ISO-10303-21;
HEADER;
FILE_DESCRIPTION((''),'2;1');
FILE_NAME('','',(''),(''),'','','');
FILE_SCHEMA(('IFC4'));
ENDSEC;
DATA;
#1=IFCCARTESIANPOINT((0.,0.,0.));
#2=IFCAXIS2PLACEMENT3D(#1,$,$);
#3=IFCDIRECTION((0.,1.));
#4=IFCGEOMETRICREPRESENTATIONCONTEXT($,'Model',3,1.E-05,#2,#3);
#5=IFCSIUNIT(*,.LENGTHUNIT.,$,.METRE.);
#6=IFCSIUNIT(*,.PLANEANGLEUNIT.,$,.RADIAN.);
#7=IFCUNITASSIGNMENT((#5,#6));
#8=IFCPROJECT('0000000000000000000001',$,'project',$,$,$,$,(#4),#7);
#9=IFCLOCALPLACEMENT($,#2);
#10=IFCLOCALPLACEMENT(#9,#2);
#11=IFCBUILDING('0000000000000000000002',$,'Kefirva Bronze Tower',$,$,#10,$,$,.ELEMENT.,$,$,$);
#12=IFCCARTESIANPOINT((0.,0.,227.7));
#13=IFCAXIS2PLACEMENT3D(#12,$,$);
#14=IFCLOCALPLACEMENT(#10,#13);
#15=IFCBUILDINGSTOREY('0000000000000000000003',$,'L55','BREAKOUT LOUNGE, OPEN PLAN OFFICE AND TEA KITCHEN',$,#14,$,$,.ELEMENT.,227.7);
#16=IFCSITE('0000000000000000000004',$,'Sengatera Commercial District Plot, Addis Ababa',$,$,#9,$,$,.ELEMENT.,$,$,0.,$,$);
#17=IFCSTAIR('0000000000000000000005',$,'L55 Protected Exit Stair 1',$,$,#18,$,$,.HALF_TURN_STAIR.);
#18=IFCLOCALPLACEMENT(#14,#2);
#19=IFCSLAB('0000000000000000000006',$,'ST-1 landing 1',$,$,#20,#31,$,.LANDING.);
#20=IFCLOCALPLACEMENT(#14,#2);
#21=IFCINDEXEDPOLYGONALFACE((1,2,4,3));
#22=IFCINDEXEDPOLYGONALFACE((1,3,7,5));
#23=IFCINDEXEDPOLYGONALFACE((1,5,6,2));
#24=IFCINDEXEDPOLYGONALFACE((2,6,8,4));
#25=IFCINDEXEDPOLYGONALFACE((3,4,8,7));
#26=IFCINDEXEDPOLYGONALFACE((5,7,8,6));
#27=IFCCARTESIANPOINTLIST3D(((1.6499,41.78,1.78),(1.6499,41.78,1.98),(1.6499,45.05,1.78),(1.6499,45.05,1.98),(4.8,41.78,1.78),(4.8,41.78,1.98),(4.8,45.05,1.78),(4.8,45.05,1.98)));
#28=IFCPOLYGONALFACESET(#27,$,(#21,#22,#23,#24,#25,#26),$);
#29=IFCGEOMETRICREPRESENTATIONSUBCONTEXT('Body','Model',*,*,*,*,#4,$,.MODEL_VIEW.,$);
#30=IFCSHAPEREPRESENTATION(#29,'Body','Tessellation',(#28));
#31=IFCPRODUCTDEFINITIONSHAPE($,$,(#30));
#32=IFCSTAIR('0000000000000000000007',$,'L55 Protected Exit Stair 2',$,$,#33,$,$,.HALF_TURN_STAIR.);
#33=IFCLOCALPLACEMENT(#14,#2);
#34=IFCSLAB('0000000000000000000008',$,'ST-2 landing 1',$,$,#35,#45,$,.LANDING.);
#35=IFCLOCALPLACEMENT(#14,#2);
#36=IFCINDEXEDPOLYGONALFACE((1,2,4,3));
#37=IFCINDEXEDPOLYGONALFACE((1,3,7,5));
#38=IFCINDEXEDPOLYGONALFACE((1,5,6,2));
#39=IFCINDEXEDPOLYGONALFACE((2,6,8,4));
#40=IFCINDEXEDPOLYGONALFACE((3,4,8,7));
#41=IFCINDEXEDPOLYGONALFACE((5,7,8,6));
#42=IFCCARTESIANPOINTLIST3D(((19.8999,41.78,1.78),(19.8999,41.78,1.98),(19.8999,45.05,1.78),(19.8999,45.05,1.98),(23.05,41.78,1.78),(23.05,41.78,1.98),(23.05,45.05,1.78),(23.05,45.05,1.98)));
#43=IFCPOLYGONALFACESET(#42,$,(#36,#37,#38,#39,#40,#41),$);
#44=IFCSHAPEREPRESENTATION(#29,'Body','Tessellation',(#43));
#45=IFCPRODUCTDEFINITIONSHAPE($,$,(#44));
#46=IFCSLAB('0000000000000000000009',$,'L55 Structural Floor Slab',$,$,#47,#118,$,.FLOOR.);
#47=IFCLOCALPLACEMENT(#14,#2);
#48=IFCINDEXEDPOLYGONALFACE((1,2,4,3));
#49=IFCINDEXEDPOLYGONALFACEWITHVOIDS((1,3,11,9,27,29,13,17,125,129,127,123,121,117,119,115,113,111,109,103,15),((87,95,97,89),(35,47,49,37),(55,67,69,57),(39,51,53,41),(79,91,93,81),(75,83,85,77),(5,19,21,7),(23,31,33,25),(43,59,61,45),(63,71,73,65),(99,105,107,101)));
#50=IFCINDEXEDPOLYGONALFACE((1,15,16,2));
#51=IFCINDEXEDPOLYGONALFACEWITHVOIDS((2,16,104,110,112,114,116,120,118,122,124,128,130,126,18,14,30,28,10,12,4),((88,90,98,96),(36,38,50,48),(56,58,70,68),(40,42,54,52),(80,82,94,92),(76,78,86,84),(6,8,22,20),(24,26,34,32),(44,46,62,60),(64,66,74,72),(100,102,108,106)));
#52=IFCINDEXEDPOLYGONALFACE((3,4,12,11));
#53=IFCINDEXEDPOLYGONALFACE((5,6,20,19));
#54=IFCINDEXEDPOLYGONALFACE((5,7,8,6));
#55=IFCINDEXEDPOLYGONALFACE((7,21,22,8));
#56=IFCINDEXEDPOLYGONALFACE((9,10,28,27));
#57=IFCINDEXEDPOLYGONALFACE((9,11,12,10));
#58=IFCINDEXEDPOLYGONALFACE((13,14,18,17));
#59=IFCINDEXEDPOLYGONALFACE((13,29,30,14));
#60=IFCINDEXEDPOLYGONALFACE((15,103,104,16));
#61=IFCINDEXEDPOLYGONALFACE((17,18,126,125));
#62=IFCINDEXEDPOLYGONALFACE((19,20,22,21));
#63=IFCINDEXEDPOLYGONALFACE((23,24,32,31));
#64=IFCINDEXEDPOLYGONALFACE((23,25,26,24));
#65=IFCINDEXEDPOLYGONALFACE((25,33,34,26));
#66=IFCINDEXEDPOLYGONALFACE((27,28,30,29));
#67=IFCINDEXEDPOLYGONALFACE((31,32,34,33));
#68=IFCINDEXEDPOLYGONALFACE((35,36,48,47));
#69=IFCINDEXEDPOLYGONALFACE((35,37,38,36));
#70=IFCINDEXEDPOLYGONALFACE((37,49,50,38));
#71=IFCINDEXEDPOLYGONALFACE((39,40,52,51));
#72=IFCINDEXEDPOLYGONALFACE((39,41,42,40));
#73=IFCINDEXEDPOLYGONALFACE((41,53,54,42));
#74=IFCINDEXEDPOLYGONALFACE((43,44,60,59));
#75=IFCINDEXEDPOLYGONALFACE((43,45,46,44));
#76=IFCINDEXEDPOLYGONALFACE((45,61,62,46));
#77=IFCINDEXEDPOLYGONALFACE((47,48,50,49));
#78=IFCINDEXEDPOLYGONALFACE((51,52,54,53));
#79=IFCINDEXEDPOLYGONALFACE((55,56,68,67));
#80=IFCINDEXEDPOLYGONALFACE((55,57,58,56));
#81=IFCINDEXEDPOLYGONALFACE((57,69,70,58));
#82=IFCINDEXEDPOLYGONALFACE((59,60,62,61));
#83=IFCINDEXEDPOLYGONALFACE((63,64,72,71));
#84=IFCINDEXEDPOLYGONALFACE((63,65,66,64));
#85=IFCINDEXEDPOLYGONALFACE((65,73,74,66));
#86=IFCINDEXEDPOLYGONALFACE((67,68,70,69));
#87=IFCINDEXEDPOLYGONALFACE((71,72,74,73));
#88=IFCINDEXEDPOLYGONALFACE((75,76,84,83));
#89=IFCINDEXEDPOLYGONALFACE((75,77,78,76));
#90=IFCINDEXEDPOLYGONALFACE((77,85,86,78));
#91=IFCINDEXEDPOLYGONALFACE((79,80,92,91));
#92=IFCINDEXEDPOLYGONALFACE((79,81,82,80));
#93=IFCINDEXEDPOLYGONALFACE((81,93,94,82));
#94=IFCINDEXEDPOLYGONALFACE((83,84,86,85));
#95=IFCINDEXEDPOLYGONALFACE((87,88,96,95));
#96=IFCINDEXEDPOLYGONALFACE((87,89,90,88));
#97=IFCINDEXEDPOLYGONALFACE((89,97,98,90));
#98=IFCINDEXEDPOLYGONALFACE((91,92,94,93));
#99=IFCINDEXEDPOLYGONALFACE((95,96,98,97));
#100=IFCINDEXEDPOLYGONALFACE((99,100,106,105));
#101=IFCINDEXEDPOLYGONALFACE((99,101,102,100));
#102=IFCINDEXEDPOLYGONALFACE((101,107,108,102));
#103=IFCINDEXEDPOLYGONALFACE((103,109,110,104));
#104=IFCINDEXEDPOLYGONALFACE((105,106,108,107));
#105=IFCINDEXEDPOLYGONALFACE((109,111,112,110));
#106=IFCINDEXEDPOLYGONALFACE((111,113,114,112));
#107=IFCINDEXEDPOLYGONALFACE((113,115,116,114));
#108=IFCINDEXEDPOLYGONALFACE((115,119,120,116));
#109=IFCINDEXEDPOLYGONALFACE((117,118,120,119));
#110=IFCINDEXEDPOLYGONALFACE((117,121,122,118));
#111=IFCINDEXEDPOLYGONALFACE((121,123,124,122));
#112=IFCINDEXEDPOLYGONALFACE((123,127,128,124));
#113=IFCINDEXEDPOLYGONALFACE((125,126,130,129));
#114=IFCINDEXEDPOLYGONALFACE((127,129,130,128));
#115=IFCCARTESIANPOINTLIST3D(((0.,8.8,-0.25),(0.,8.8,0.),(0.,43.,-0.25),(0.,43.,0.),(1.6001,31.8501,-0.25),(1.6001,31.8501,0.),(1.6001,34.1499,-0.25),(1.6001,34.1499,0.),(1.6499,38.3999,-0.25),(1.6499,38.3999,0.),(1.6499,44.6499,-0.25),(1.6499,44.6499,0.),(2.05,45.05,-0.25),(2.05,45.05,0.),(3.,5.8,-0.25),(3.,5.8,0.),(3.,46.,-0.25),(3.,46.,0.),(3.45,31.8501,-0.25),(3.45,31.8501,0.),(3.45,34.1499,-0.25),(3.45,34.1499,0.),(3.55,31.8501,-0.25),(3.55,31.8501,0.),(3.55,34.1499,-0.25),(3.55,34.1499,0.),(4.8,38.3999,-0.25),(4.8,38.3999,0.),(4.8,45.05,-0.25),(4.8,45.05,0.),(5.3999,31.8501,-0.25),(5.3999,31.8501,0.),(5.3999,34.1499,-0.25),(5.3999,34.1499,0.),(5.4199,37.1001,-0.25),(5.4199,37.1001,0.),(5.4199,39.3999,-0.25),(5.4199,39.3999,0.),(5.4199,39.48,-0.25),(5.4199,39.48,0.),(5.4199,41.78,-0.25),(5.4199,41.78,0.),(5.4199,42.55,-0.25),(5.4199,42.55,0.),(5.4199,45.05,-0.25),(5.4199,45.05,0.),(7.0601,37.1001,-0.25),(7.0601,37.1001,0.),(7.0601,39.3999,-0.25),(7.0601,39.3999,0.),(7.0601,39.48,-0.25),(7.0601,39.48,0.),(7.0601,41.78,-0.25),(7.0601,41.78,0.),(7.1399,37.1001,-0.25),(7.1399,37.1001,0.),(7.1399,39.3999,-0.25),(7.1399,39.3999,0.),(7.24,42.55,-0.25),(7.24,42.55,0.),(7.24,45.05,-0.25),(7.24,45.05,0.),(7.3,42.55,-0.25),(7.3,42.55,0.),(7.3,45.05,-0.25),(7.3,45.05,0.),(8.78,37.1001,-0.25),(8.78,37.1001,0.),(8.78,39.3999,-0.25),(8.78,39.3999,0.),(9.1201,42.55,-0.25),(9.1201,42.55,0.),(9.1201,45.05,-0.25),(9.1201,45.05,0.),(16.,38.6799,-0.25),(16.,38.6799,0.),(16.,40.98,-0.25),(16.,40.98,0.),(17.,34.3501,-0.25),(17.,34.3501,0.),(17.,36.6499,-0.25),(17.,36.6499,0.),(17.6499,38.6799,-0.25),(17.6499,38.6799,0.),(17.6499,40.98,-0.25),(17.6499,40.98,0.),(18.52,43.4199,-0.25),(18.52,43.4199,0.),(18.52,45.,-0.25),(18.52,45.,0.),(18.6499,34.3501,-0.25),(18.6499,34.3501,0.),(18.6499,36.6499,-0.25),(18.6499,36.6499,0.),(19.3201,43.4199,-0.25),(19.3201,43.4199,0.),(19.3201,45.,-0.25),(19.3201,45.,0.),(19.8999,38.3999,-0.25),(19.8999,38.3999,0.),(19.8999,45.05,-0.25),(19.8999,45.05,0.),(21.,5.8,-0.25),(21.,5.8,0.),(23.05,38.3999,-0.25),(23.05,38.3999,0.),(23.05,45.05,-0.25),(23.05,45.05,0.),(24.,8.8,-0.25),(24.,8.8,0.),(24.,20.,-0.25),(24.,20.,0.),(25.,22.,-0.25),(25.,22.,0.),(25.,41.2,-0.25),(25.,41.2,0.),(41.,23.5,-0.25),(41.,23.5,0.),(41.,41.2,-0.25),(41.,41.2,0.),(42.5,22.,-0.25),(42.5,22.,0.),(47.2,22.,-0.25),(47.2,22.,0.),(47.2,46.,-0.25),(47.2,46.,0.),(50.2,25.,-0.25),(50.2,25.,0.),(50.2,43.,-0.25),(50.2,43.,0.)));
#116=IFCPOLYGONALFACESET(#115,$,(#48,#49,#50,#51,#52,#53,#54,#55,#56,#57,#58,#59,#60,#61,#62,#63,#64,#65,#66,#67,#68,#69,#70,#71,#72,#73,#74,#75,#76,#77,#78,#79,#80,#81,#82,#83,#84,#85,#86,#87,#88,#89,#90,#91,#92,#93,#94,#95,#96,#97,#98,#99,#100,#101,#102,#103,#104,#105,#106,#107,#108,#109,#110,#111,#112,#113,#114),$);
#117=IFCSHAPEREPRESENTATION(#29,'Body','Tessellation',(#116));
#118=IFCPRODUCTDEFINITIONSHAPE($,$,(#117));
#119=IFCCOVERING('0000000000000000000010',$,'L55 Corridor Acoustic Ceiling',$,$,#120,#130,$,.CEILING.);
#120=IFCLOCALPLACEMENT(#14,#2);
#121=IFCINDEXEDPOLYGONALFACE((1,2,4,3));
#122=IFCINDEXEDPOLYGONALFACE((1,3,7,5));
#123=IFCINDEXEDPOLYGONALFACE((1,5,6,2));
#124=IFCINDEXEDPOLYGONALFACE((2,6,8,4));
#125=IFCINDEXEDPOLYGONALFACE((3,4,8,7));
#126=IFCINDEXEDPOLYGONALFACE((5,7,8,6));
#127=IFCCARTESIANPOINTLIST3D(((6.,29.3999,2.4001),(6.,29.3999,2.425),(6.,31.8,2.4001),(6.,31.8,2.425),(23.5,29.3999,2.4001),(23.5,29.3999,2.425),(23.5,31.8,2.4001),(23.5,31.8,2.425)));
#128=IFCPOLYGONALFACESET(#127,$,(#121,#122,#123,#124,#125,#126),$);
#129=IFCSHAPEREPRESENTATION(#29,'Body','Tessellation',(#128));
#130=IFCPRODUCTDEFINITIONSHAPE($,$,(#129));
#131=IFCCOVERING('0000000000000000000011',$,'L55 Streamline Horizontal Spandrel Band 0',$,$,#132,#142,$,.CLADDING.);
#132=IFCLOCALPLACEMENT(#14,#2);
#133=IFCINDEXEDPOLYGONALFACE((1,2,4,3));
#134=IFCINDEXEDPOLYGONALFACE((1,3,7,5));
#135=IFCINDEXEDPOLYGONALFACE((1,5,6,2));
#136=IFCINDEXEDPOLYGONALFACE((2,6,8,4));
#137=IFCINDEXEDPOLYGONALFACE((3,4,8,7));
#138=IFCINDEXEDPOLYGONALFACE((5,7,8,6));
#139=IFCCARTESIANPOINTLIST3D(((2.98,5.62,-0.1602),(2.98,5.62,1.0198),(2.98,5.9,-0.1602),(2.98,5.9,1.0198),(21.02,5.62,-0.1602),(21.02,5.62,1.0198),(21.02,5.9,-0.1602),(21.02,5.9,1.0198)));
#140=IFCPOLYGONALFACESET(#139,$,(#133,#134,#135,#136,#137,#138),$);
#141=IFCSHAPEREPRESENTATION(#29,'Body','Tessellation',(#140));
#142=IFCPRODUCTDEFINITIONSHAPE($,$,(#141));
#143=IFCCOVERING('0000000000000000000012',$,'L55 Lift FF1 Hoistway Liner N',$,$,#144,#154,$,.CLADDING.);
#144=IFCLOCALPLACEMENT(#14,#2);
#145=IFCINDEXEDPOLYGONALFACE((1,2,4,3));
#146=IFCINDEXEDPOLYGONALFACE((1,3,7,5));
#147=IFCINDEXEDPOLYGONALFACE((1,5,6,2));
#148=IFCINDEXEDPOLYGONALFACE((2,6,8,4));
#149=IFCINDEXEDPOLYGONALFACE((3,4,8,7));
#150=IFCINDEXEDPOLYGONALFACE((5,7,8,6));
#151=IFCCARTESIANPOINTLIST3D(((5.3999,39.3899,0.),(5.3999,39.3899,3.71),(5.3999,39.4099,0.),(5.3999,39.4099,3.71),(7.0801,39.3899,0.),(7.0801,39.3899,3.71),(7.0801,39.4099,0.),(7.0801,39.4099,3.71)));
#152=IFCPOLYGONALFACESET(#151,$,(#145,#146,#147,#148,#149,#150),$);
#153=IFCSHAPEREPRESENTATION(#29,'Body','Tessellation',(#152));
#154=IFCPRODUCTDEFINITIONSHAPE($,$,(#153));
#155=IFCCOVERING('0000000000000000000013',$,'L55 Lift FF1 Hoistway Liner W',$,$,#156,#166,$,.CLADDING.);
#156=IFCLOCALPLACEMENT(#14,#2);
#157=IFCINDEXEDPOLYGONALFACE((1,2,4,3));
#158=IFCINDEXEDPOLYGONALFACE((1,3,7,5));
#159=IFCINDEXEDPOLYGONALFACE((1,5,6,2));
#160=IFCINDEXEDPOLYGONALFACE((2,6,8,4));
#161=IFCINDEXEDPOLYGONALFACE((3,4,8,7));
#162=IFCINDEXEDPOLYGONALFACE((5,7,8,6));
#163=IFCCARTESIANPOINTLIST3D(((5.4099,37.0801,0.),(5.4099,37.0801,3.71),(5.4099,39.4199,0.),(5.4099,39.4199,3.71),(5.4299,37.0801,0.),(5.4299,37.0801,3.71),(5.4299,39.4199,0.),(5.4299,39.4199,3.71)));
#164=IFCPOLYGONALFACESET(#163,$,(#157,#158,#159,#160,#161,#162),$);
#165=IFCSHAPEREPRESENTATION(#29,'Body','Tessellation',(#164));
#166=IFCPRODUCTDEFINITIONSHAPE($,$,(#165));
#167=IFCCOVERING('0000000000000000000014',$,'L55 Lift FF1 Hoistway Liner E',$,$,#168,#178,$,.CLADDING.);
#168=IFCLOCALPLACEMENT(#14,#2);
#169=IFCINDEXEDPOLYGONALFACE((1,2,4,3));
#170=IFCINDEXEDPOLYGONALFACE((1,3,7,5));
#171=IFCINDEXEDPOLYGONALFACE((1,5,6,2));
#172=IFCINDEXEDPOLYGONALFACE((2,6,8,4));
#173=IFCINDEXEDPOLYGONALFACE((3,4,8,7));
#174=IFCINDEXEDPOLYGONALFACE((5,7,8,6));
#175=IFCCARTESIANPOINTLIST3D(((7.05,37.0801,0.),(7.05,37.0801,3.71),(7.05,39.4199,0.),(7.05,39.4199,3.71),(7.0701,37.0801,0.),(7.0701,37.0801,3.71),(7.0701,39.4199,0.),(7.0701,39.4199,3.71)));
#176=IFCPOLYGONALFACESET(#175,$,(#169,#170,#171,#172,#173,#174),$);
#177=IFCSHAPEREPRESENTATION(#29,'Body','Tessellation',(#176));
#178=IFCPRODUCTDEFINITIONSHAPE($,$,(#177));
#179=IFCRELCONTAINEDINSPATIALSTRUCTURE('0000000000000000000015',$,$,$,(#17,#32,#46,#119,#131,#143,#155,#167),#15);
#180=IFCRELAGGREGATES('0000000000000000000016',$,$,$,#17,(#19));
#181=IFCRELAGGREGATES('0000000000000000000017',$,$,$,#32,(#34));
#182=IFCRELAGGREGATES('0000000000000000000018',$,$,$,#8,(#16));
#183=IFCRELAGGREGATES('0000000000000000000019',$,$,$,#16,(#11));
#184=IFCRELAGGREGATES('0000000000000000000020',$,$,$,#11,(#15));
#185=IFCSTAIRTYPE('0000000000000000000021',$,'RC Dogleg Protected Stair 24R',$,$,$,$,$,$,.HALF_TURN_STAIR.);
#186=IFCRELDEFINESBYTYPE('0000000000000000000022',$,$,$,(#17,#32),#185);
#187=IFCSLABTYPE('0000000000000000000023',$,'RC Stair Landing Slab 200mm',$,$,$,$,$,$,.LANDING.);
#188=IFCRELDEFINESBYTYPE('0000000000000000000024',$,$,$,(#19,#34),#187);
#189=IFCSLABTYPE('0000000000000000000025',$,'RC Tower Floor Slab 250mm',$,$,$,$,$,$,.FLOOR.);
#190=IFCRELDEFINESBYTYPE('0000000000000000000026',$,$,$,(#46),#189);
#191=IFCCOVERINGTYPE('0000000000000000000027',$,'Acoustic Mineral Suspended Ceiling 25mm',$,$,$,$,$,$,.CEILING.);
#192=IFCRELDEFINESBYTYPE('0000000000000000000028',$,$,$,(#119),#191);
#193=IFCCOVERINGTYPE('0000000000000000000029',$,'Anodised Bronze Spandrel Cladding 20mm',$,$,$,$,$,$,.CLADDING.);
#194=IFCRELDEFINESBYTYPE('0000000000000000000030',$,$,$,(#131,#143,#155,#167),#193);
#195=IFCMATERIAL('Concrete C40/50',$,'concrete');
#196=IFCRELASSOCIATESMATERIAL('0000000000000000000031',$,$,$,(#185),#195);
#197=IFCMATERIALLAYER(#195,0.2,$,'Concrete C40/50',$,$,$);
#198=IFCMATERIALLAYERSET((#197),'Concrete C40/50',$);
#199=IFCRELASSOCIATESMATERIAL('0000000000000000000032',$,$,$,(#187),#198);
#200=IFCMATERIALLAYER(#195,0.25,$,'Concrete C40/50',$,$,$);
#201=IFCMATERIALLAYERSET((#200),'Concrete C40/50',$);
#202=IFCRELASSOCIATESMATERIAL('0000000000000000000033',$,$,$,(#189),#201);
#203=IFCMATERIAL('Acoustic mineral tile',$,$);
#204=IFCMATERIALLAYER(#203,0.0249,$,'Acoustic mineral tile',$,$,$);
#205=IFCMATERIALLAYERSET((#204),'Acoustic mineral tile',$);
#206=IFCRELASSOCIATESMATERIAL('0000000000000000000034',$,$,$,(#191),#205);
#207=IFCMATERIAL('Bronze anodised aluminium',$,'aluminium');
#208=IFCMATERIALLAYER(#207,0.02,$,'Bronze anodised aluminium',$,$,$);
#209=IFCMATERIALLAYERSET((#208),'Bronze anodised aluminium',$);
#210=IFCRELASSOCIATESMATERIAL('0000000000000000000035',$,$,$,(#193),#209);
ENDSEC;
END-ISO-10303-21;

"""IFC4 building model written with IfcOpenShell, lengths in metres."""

from ifc_helpers import new_model, si_unit, direction, frame, origin, origin_2d, place, context, subcontext, project, spatial, polyline, rectangle, outline, extrude, material, layer, layer_set, type_object, element, aggregate, save


model = new_model("IFC4")

# Units and contexts
model_context = context("Model", 3, precision=1e-05, world=origin(), true_north=direction((0.0, 1.0)))
body_context = subcontext(model_context, "Body", "Model", "MODEL_VIEW")
ifc_project = project(units=[si_unit("LENGTHUNIT", "METRE"), si_unit("PLANEANGLEUNIT", "RADIAN")], contexts=[model_context])

# Site, building, storey
site_placement = place(None, origin())
site = spatial("IfcSite", under=ifc_project, at=site_placement, Name="Sengatera Commercial District Plot, Addis Ababa", CompositionType="ELEMENT", RefElevation=0.0)
building_placement = place(site_placement, origin())
building = spatial("IfcBuilding", under=site, at=building_placement, Name="Kefirva Bronze Tower", CompositionType="ELEMENT")
storey_placement = place(building_placement, frame((0.0, 0.0, 227.7)))
storey = spatial("IfcBuildingStorey", under=building, at=storey_placement, Name="L55", Description="BREAKOUT LOUNGE, OPEN PLAN OFFICE AND TEA KITCHEN", CompositionType="ELEMENT", Elevation=227.7)

# Stairs, slabs
ifc_material_1 = material(Name="Concrete C40/50", Category="concrete")
stair_type = type_object("IfcStairType", Name="RC Dogleg Protected Stair 24R", PredefinedType="HALF_TURN_STAIR", material=ifc_material_1)
stair_1_placement = place(storey_placement, origin())
stair_1 = element("IfcStair", 1, at=stair_1_placement, inside=storey, type_object=stair_type, Name="L55 Protected Exit Stair 1", PredefinedType="HALF_TURN_STAIR")
ifc_layer_1 = layer(ifc_material_1, 0.2, Name="Concrete C40/50")
ifc_layer_set_1 = layer_set([ifc_layer_1], Name="Concrete C40/50")
slab_type_1 = type_object("IfcSlabType", Name="RC Stair Landing Slab 200mm", PredefinedType="LANDING", material=ifc_layer_set_1)
slab_1_placement = place(storey_placement, frame((0.0, 0.0, 1.78)))
slab_1 = element("IfcSlab", 2, at=slab_1_placement, type_object=slab_type_1, Name="ST-1 landing 1", PredefinedType="LANDING", context=body_context, shape_type="SweptSolid", body=[
    extrude(outline(polyline([(4.8, 41.78), (4.8, 45.05), (1.6499, 45.05), (1.6499, 41.78), (4.8, 41.78)])), origin(), (0.0, 0.0, 1.0), 0.2),
])
aggregate(stair_1, [slab_1])
stair_2_placement = place(storey_placement, origin())
stair_2 = element("IfcStair", 3, at=stair_2_placement, inside=storey, type_object=stair_type, Name="L55 Protected Exit Stair 2", PredefinedType="HALF_TURN_STAIR")
slab_2_placement = place(storey_placement, frame((0.0, 0.0, 1.78)))
slab_2 = element("IfcSlab", 4, at=slab_2_placement, type_object=slab_type_1, Name="ST-2 landing 1", PredefinedType="LANDING", context=body_context, shape_type="SweptSolid", body=[
    extrude(outline(polyline([(23.05, 41.78), (23.05, 45.05), (19.8999, 45.05), (19.8999, 41.78), (23.05, 41.78)])), origin(), (0.0, 0.0, 1.0), 0.2),
])
aggregate(stair_2, [slab_2])

# Slab
ifc_layer_2 = layer(ifc_material_1, 0.25, Name="Concrete C40/50")
ifc_layer_set_2 = layer_set([ifc_layer_2], Name="Concrete C40/50")
slab_type_2 = type_object("IfcSlabType", Name="RC Tower Floor Slab 250mm", PredefinedType="FLOOR", material=ifc_layer_set_2)
slab_3_placement = place(storey_placement, frame((0.0, 0.0, -0.25)))
element("IfcSlab", 5, at=slab_3_placement, inside=storey, type_object=slab_type_2, Name="L55 Structural Floor Slab", PredefinedType="FLOOR", context=body_context, shape_type="SweptSolid", body=[
    extrude(outline(polyline([(0.0, 8.8), (0.0, 43.0), (1.6499, 44.6499), (1.6499, 38.3999), (4.8, 38.3999), (4.8, 45.05), (2.05, 45.05), (3.0, 46.0), (47.2, 46.0), (50.2, 43.0), (50.2, 25.0), (47.2, 22.0), (42.5, 22.0), (41.0, 23.5), (41.0, 41.2), (25.0, 41.2), (25.0, 22.0), (24.0, 20.0), (24.0, 8.8), (21.0, 5.8), (3.0, 5.8), (0.0, 8.8)]), holes=[polyline([(23.05, 45.05), (19.8999, 45.05), (19.8999, 38.3999), (23.05, 38.3999), (23.05, 45.05)]), polyline([(19.3201, 43.4199), (19.3201, 45.0), (18.52, 45.0), (18.52, 43.4199), (19.3201, 43.4199)]), polyline([(18.6499, 36.6499), (17.0, 36.6499), (17.0, 34.3501), (18.6499, 34.3501), (18.6499, 36.6499)]), polyline([(17.6499, 38.6799), (17.6499, 40.98), (16.0, 40.98), (16.0, 38.6799), (17.6499, 38.6799)]), polyline([(9.1201, 42.55), (9.1201, 45.05), (7.3, 45.05), (7.3, 42.55), (9.1201, 42.55)]), polyline([(8.78, 37.1001), (8.78, 39.3999), (7.1399, 39.3999), (7.1399, 37.1001), (8.78, 37.1001)]), polyline([(7.24, 42.55), (7.24, 45.05), (5.4199, 45.05), (5.4199, 42.55), (7.24, 42.55)]), polyline([(7.0601, 37.1001), (7.0601, 39.3999), (5.4199, 39.3999), (5.4199, 37.1001), (7.0601, 37.1001)]), polyline([(7.0601, 41.78), (5.4199, 41.78), (5.4199, 39.48), (7.0601, 39.48), (7.0601, 41.78)]), polyline([(5.3999, 31.8501), (5.3999, 34.1499), (3.55, 34.1499), (3.55, 31.8501), (5.3999, 31.8501)]), polyline([(3.45, 34.1499), (1.6001, 34.1499), (1.6001, 31.8501), (3.45, 31.8501), (3.45, 34.1499)])]), origin(), (0.0, 0.0, 1.0), 0.25),
])

# Coverings
ifc_material_2 = material(Name="Acoustic mineral tile")
ifc_layer_3 = layer(ifc_material_2, 0.0249, Name="Acoustic mineral tile")
ifc_layer_set_3 = layer_set([ifc_layer_3], Name="Acoustic mineral tile")
covering_type_1 = type_object("IfcCoveringType", Name="Acoustic Mineral Suspended Ceiling 25mm", PredefinedType="CEILING", material=ifc_layer_set_3)
covering_1_placement = place(storey_placement, frame((0.0, 0.0, 2.4001)))
element("IfcCovering", 6, at=covering_1_placement, inside=storey, type_object=covering_type_1, Name="L55 Corridor Acoustic Ceiling", PredefinedType="CEILING", context=body_context, shape_type="SweptSolid", body=[
    extrude(outline(polyline([(6.0, 29.3999), (23.5, 29.3999), (23.5, 31.8), (6.0, 31.8), (6.0, 29.3999)])), origin(), (0.0, 0.0, 1.0), 0.0249),
])
ifc_material_3 = material(Name="Bronze anodised aluminium", Category="aluminium")
ifc_layer_4 = layer(ifc_material_3, 0.02, Name="Bronze anodised aluminium")
ifc_layer_set_4 = layer_set([ifc_layer_4], Name="Bronze anodised aluminium")
covering_type_2 = type_object("IfcCoveringType", Name="Anodised Bronze Spandrel Cladding 20mm", PredefinedType="CLADDING", material=ifc_layer_set_4)
covering_2_placement = place(storey_placement, frame((12.0, 5.76, -0.1602), z_axis=(0.0, 0.0, 1.0), x_axis=(1.0, 0.0, 0.0)))
element("IfcCovering", 7, at=covering_2_placement, inside=storey, type_object=covering_type_2, Name="L55 Streamline Horizontal Spandrel Band 0", PredefinedType="CLADDING", context=body_context, shape_type="SweptSolid", body=[
    extrude(rectangle(XDim=18.04, YDim=0.28, at=origin_2d()), origin(), (0.0, 0.0, 1.0), 1.1799),
])
covering_3_placement = place(storey_placement, origin())
element("IfcCovering", 8, at=covering_3_placement, inside=storey, type_object=covering_type_2, Name="L55 Lift FF1 Hoistway Liner N", PredefinedType="CLADDING", context=body_context, shape_type="SweptSolid", body=[
    extrude(outline(polyline([(5.3999, 39.3899), (7.0801, 39.3899), (7.0801, 39.4099), (5.3999, 39.4099), (5.3999, 39.3899)])), origin(), (0.0, 0.0, 1.0), 3.71),
])
covering_4_placement = place(storey_placement, origin())
element("IfcCovering", 9, at=covering_4_placement, inside=storey, type_object=covering_type_2, Name="L55 Lift FF1 Hoistway Liner W", PredefinedType="CLADDING", context=body_context, shape_type="SweptSolid", body=[
    extrude(outline(polyline([(5.4099, 37.0801), (5.4299, 37.0801), (5.4299, 39.4199), (5.4099, 39.4199), (5.4099, 37.0801)])), origin(), (0.0, 0.0, 1.0), 3.71),
])
covering_5_placement = place(storey_placement, origin())
element("IfcCovering", 10, at=covering_5_placement, inside=storey, type_object=covering_type_2, Name="L55 Lift FF1 Hoistway Liner E", PredefinedType="CLADDING", context=body_context, shape_type="SweptSolid", body=[
    extrude(outline(polyline([(7.05, 37.0801), (7.0701, 37.0801), (7.0701, 39.4199), (7.05, 39.4199), (7.05, 37.0801)])), origin(), (0.0, 0.0, 1.0), 3.71),
])

save(model, "model.ifc")
